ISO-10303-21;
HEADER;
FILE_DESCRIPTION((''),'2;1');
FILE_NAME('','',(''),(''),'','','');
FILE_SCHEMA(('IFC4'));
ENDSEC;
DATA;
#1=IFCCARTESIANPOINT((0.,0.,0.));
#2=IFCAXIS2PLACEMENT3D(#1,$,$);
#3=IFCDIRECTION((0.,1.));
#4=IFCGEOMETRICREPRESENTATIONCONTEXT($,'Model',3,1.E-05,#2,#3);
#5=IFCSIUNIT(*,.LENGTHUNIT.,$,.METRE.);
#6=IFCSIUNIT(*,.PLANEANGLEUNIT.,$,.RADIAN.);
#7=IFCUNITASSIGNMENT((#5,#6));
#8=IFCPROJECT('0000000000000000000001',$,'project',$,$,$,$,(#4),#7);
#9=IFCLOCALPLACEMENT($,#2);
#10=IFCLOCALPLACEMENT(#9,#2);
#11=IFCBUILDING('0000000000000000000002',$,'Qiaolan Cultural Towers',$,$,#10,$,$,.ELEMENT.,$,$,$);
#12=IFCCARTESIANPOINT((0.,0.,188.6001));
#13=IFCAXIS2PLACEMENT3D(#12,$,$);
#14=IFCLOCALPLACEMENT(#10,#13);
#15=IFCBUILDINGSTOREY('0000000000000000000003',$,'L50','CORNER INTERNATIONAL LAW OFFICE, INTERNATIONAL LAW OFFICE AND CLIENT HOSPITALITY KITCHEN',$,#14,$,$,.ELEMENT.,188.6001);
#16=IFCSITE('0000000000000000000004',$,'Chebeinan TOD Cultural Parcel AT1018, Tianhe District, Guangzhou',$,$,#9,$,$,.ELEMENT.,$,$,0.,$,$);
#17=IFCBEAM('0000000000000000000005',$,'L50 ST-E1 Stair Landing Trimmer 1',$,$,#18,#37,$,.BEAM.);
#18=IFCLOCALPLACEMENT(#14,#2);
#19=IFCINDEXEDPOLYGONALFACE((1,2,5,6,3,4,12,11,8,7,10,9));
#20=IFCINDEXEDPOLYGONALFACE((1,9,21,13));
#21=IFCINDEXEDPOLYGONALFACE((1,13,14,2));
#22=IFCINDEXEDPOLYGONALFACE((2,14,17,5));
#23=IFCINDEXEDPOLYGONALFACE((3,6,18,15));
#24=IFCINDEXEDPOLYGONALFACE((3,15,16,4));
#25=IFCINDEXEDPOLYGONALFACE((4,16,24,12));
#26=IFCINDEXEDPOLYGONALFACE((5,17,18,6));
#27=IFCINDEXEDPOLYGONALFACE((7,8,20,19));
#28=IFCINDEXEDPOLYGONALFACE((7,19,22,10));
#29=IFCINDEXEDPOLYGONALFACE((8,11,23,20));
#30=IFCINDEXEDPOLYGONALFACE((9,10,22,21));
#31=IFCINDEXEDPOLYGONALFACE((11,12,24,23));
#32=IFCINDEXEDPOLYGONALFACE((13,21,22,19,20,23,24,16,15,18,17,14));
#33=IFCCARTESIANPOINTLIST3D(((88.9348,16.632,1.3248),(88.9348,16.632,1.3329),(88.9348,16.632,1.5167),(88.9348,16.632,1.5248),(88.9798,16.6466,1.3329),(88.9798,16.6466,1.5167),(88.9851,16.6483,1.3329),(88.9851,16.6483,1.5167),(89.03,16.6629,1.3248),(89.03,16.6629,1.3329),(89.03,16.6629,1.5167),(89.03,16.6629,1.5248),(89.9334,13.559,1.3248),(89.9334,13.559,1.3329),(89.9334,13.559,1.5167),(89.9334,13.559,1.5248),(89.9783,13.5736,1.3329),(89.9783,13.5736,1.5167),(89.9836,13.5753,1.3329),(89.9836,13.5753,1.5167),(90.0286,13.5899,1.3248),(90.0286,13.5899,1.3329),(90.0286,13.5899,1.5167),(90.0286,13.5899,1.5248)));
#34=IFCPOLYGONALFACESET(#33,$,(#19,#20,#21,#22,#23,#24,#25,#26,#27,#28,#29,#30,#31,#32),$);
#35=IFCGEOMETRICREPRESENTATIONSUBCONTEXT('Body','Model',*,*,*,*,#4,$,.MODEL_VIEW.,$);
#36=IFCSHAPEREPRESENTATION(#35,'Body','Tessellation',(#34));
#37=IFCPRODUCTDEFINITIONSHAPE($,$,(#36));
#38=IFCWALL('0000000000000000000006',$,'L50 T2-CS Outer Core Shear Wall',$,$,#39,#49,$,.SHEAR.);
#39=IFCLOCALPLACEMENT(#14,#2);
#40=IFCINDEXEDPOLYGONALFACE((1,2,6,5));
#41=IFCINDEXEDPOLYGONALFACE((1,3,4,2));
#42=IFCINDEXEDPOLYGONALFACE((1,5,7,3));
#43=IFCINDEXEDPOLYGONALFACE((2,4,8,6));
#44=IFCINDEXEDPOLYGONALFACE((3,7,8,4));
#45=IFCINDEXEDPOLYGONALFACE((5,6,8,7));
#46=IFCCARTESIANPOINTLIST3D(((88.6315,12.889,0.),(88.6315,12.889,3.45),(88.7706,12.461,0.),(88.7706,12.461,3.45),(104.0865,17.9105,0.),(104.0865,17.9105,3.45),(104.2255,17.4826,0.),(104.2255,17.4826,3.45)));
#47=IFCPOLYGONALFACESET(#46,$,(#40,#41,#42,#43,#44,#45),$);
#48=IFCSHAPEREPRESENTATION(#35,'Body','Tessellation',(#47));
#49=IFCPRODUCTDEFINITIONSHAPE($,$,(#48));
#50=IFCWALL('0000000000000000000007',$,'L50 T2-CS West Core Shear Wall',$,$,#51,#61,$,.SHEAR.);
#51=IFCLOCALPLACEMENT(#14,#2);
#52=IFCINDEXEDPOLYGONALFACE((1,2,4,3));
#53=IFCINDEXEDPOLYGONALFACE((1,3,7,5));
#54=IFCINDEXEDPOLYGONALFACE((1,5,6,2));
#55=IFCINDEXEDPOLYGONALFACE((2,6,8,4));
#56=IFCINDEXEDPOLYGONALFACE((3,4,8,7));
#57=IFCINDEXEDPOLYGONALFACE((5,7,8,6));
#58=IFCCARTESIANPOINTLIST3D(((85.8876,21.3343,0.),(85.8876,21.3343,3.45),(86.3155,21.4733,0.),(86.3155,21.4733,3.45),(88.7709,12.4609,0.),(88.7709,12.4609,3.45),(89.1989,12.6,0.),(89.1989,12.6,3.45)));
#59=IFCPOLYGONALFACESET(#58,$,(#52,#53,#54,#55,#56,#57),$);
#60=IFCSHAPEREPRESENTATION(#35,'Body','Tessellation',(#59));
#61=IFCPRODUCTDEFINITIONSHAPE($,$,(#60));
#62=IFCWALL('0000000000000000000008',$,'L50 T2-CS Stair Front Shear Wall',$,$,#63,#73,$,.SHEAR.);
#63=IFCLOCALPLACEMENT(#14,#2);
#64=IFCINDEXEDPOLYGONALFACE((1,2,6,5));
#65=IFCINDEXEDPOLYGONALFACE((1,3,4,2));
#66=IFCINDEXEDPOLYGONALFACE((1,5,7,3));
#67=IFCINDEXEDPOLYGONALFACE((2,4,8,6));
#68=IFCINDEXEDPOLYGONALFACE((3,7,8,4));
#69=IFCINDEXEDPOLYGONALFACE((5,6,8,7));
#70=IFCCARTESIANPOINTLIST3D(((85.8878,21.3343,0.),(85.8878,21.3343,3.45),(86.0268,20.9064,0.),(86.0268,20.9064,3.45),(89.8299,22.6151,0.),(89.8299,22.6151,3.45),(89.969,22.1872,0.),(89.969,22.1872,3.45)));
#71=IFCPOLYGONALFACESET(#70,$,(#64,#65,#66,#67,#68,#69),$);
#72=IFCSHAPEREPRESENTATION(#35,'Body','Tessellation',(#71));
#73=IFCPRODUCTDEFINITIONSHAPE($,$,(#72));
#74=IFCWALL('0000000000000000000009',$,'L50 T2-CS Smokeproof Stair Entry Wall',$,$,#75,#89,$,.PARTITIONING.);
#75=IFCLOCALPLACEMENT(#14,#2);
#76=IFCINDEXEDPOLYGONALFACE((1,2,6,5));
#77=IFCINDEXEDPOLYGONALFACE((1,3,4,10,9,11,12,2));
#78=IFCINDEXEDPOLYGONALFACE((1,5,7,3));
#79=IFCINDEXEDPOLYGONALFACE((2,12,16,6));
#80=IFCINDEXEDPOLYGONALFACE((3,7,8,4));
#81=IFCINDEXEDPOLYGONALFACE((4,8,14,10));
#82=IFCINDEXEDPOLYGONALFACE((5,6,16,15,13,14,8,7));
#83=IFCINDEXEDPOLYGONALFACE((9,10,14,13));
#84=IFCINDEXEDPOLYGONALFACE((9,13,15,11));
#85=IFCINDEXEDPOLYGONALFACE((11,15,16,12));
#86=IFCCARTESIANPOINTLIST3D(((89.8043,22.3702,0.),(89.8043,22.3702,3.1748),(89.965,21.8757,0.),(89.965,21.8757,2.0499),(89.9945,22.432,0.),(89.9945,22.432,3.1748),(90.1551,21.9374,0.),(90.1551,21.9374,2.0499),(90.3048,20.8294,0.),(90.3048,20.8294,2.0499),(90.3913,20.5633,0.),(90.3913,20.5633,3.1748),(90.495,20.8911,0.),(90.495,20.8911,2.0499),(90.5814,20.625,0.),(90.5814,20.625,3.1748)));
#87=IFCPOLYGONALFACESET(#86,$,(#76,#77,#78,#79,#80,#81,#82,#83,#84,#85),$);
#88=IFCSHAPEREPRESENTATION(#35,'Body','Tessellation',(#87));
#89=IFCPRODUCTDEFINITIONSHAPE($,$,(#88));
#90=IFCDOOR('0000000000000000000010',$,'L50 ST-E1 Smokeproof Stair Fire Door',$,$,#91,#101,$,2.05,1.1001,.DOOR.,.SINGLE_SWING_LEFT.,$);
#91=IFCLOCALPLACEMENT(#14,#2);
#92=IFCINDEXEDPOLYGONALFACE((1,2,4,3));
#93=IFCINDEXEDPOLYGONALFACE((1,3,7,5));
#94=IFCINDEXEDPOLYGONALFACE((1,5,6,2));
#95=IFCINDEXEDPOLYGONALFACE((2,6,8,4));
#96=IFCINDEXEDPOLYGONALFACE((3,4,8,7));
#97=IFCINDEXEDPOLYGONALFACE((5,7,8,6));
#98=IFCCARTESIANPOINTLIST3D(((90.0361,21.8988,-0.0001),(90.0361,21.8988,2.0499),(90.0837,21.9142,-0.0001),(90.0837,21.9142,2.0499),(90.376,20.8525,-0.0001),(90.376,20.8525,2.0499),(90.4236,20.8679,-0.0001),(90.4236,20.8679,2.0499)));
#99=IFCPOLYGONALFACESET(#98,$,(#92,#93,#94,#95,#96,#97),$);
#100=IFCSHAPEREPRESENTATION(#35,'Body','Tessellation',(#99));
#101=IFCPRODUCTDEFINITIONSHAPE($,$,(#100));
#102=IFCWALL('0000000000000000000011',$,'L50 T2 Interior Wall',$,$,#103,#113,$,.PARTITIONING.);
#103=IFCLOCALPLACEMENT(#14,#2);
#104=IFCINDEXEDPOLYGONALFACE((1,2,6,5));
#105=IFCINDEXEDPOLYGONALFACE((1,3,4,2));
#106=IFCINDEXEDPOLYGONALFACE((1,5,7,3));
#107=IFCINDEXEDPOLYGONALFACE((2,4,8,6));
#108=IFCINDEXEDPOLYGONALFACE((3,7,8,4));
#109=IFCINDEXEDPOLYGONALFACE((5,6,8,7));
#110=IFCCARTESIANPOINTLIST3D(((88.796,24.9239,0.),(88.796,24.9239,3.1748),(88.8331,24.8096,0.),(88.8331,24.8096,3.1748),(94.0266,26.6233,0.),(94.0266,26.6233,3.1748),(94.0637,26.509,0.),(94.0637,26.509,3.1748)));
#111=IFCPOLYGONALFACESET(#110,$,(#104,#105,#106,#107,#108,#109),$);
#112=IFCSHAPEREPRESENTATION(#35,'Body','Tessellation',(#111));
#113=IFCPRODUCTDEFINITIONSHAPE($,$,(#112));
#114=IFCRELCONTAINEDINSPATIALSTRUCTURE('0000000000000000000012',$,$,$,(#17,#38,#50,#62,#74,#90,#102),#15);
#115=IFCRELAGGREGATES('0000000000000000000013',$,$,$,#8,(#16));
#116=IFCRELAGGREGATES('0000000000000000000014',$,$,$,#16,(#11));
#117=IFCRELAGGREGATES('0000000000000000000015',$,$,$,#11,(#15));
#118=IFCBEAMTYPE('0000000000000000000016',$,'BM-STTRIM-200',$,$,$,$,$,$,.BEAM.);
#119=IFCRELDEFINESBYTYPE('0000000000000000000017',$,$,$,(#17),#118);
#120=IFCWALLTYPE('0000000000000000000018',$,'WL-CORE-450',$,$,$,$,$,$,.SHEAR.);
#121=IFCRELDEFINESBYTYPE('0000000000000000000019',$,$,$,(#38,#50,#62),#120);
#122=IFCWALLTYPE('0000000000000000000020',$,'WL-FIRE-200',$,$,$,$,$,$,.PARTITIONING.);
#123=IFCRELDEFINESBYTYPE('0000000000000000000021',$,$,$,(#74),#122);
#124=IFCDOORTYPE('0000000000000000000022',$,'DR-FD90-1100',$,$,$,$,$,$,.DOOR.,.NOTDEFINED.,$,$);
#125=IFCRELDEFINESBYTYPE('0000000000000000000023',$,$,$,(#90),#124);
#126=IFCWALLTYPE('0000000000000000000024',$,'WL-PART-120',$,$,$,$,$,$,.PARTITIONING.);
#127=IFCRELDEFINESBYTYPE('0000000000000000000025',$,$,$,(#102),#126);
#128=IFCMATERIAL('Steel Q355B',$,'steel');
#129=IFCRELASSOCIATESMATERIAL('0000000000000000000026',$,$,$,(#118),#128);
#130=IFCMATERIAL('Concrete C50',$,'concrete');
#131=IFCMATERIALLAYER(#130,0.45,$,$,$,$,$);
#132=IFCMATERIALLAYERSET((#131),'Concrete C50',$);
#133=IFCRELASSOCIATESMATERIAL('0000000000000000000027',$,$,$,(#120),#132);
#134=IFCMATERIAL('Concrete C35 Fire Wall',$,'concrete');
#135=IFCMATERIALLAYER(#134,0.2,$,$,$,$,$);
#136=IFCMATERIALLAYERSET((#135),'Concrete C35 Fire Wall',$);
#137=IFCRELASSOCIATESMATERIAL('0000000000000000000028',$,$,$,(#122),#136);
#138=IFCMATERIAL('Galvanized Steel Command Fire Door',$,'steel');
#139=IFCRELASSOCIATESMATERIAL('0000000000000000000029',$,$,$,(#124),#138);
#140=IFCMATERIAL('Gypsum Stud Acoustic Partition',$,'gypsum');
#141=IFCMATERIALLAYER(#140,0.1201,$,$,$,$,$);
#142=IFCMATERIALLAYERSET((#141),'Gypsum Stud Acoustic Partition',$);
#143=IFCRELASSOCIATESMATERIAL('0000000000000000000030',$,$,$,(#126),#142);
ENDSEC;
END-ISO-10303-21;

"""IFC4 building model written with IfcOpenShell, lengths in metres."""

from ifc_helpers import new_model, si_unit, direction, frame, frame_2d, origin, origin_2d, place, context, subcontext, project, spatial, rectangle, i_section, extrude, material, layer, layer_set, material_profile, profile_set, type_object, element, fill, save


model = new_model("IFC4")

# Units and contexts
model_context = context("Model", 3, precision=1e-05, world=origin(), true_north=direction((0.0, 1.0)))
body_context = subcontext(model_context, "Body", "Model", "MODEL_VIEW")
ifc_project = project(units=[si_unit("LENGTHUNIT", "METRE"), si_unit("PLANEANGLEUNIT", "RADIAN")], contexts=[model_context])

# Site, building, storey
site_placement = place(None, origin())
site = spatial("IfcSite", under=ifc_project, at=site_placement, Name="Chebeinan TOD Cultural Parcel AT1018, Tianhe District, Guangzhou", CompositionType="ELEMENT", RefElevation=0.0)
building_placement = place(site_placement, origin())
building = spatial("IfcBuilding", under=site, at=building_placement, Name="Qiaolan Cultural Towers", CompositionType="ELEMENT")
storey_placement = place(building_placement, frame((0.0, 0.0, 188.6001)))
storey = spatial("IfcBuildingStorey", under=building, at=storey_placement, Name="L50", Description="CORNER INTERNATIONAL LAW OFFICE, INTERNATIONAL LAW OFFICE AND CLIENT HOSPITALITY KITCHEN", CompositionType="ELEMENT", Elevation=188.6001)

# Beam
ifc_material_1 = material(Name="Steel Q355B", Category="steel")
ifc_material_profile_1 = material_profile(ifc_material_1, i_section(OverallWidth=0.1001, OverallDepth=0.2, WebThickness=0.0056, FlangeThickness=0.0081, at=origin_2d()), Name="HN200x100x5.5x8")
ifc_profile_set_1 = profile_set([ifc_material_profile_1], Name="Steel Q355B")
beam_type_1 = type_object("IfcBeamType", Name="BM-STTRIM-200", PredefinedType="BEAM", material=ifc_profile_set_1)
beam_1_placement = place(storey_placement, frame((88.9824, 16.6475, 1.4248), z_axis=(0.309033, -0.951051, 0.0), x_axis=(0.951051, 0.309033, 0.0)))
element("IfcBeam", 1, at=beam_1_placement, inside=storey, type_object=beam_type_1, Name="L50 ST-E1 Stair Landing Trimmer 1", PredefinedType="BEAM", context=body_context, shape_type="SweptSolid", body=[
    extrude(i_section(OverallWidth=0.1001, OverallDepth=0.2, WebThickness=0.0056, FlangeThickness=0.0081, at=origin_2d()), origin(), (0.0, 0.0, 1.0), 3.2312),
])

# Walls
ifc_material_2 = material(Name="Concrete C50", Category="concrete")
ifc_layer_1 = layer(ifc_material_2, 0.45)
ifc_layer_set_1 = layer_set([ifc_layer_1], Name="Concrete C50")
wall_type_1 = type_object("IfcWallType", Name="WL-CORE-450", PredefinedType="SHEAR", material=ifc_layer_set_1)
wall_1_placement = place(storey_placement, frame((88.7012, 12.675, 0.0), z_axis=(0.0, 0.0, 1.0), x_axis=(0.951058, 0.309012, 0.0)))
element("IfcWall", 2, at=wall_1_placement, inside=storey, type_object=wall_type_1, Name="L50 T2-CS Outer Core Shear Wall", PredefinedType="SHEAR", context=body_context, shape_type="SweptSolid", body=[
    extrude(rectangle(XDim=16.2502, YDim=0.45, at=frame_2d((8.125, 0.0))), origin(), (0.0, 0.0, 1.0), 3.45),
])
wall_2_placement = place(storey_placement, frame((86.1016, 21.4038, 0.0), z_axis=(0.0, 0.0, 1.0), x_axis=(0.309036, -0.95105, 0.0)))
element("IfcWall", 3, at=wall_2_placement, inside=storey, type_object=wall_type_1, Name="L50 T2-CS West Core Shear Wall", PredefinedType="SHEAR", context=body_context, shape_type="SweptSolid", body=[
    extrude(rectangle(XDim=9.3301, YDim=0.45, at=frame_2d((4.665, 0.0))), origin(), (0.0, 0.0, 1.0), 3.45),
])
wall_3_placement = place(storey_placement, frame((85.9573, 21.1204, 0.0), z_axis=(0.0, 0.0, 1.0), x_axis=(0.951065, 0.308992, 0.0)))
element("IfcWall", 4, at=wall_3_placement, inside=storey, type_object=wall_type_1, Name="L50 T2-CS Stair Front Shear Wall", PredefinedType="SHEAR", context=body_context, shape_type="SweptSolid", body=[
    extrude(rectangle(XDim=4.145, YDim=0.45, at=frame_2d((2.0725, 0.0))), origin(), (0.0, 0.0, 1.0), 3.45),
])

# Wall, opening, door
ifc_material_3 = material(Name="Concrete C35 Fire Wall", Category="concrete")
ifc_layer_2 = layer(ifc_material_3, 0.2)
ifc_layer_set_2 = layer_set([ifc_layer_2], Name="Concrete C35 Fire Wall")
wall_type_2 = type_object("IfcWallType", Name="WL-FIRE-200", PredefinedType="PARTITIONING", material=ifc_layer_set_2)
wall_4_placement = place(storey_placement, frame((89.8994, 22.4011, 0.0), z_axis=(0.0, 0.0, 1.0), x_axis=(0.308932, -0.951084, 0.0)))
wall_4 = element("IfcWall", 5, at=wall_4_placement, inside=storey, type_object=wall_type_2, Name="L50 T2-CS Smokeproof Stair Entry Wall", PredefinedType="PARTITIONING", context=body_context, shape_type="SweptSolid", body=[
    extrude(rectangle(XDim=1.8999, YDim=0.2, at=frame_2d((0.95, 0.0))), origin(), (0.0, 0.0, 1.0), 3.1748),
])
opening_1_placement = place(wall_4_placement, frame((0.52, 0.0, 0.0)))
opening_1 = element("IfcOpeningElement", 6, at=opening_1_placement, cuts=wall_4, PredefinedType="OPENING", context=body_context, shape_type="SweptSolid", body=[
    extrude(rectangle(XDim=1.1001, YDim=2.05, at=frame_2d((0.55, 1.0249))), frame((0.0, 0.1099, 0.0), z_axis=(0.0, -1.0, 0.0), x_axis=(1.0, 0.0, 0.0)), (0.0, 0.0, 1.0), 0.22),
])
ifc_material_4 = material(Name="Galvanized Steel Command Fire Door", Category="steel")
door_type_1 = type_object("IfcDoorType", Name="DR-FD90-1100", OperationType="NOTDEFINED", PredefinedType="DOOR", material=ifc_material_4)
door_1_placement = place(opening_1_placement, origin())
door_1 = element("IfcDoor", 7, at=door_1_placement, inside=storey, type_object=door_type_1, Name="L50 ST-E1 Smokeproof Stair Fire Door", OperationType="SINGLE_SWING_LEFT", OverallHeight=2.05, OverallWidth=1.1001, PredefinedType="DOOR", context=body_context, shape_type="SweptSolid", body=[
    extrude(rectangle(XDim=1.1001, YDim=2.05, at=frame_2d((0.55, 1.0249))), frame((0.0, 0.0249, 0.0), z_axis=(0.0, -1.0, 0.0), x_axis=(1.0, 0.0, 0.0)), (0.0, 0.0, 1.0), 0.05),
])
fill(opening_1, door_1)

# Wall
ifc_material_5 = material(Name="Gypsum Stud Acoustic Partition", Category="gypsum")
ifc_layer_3 = layer(ifc_material_5, 0.1201)
ifc_layer_set_3 = layer_set([ifc_layer_3], Name="Gypsum Stud Acoustic Partition")
wall_type_3 = type_object("IfcWallType", Name="WL-PART-120", PredefinedType="PARTITIONING", material=ifc_layer_set_3)
wall_5_placement = place(storey_placement, frame((88.8145, 24.8667, 0.0), z_axis=(0.0, 0.0, 1.0), x_axis=(0.951062, 0.309001, 0.0)))
element("IfcWall", 8, at=wall_5_placement, inside=storey, type_object=wall_type_3, Name="L50 T2 Interior Wall", PredefinedType="PARTITIONING", context=body_context, shape_type="SweptSolid", body=[
    extrude(rectangle(XDim=5.4998, YDim=0.1201, at=frame_2d((2.75, 0.0))), origin(), (0.0, 0.0, 1.0), 3.1748),
])

save(model, "model.ifc")
